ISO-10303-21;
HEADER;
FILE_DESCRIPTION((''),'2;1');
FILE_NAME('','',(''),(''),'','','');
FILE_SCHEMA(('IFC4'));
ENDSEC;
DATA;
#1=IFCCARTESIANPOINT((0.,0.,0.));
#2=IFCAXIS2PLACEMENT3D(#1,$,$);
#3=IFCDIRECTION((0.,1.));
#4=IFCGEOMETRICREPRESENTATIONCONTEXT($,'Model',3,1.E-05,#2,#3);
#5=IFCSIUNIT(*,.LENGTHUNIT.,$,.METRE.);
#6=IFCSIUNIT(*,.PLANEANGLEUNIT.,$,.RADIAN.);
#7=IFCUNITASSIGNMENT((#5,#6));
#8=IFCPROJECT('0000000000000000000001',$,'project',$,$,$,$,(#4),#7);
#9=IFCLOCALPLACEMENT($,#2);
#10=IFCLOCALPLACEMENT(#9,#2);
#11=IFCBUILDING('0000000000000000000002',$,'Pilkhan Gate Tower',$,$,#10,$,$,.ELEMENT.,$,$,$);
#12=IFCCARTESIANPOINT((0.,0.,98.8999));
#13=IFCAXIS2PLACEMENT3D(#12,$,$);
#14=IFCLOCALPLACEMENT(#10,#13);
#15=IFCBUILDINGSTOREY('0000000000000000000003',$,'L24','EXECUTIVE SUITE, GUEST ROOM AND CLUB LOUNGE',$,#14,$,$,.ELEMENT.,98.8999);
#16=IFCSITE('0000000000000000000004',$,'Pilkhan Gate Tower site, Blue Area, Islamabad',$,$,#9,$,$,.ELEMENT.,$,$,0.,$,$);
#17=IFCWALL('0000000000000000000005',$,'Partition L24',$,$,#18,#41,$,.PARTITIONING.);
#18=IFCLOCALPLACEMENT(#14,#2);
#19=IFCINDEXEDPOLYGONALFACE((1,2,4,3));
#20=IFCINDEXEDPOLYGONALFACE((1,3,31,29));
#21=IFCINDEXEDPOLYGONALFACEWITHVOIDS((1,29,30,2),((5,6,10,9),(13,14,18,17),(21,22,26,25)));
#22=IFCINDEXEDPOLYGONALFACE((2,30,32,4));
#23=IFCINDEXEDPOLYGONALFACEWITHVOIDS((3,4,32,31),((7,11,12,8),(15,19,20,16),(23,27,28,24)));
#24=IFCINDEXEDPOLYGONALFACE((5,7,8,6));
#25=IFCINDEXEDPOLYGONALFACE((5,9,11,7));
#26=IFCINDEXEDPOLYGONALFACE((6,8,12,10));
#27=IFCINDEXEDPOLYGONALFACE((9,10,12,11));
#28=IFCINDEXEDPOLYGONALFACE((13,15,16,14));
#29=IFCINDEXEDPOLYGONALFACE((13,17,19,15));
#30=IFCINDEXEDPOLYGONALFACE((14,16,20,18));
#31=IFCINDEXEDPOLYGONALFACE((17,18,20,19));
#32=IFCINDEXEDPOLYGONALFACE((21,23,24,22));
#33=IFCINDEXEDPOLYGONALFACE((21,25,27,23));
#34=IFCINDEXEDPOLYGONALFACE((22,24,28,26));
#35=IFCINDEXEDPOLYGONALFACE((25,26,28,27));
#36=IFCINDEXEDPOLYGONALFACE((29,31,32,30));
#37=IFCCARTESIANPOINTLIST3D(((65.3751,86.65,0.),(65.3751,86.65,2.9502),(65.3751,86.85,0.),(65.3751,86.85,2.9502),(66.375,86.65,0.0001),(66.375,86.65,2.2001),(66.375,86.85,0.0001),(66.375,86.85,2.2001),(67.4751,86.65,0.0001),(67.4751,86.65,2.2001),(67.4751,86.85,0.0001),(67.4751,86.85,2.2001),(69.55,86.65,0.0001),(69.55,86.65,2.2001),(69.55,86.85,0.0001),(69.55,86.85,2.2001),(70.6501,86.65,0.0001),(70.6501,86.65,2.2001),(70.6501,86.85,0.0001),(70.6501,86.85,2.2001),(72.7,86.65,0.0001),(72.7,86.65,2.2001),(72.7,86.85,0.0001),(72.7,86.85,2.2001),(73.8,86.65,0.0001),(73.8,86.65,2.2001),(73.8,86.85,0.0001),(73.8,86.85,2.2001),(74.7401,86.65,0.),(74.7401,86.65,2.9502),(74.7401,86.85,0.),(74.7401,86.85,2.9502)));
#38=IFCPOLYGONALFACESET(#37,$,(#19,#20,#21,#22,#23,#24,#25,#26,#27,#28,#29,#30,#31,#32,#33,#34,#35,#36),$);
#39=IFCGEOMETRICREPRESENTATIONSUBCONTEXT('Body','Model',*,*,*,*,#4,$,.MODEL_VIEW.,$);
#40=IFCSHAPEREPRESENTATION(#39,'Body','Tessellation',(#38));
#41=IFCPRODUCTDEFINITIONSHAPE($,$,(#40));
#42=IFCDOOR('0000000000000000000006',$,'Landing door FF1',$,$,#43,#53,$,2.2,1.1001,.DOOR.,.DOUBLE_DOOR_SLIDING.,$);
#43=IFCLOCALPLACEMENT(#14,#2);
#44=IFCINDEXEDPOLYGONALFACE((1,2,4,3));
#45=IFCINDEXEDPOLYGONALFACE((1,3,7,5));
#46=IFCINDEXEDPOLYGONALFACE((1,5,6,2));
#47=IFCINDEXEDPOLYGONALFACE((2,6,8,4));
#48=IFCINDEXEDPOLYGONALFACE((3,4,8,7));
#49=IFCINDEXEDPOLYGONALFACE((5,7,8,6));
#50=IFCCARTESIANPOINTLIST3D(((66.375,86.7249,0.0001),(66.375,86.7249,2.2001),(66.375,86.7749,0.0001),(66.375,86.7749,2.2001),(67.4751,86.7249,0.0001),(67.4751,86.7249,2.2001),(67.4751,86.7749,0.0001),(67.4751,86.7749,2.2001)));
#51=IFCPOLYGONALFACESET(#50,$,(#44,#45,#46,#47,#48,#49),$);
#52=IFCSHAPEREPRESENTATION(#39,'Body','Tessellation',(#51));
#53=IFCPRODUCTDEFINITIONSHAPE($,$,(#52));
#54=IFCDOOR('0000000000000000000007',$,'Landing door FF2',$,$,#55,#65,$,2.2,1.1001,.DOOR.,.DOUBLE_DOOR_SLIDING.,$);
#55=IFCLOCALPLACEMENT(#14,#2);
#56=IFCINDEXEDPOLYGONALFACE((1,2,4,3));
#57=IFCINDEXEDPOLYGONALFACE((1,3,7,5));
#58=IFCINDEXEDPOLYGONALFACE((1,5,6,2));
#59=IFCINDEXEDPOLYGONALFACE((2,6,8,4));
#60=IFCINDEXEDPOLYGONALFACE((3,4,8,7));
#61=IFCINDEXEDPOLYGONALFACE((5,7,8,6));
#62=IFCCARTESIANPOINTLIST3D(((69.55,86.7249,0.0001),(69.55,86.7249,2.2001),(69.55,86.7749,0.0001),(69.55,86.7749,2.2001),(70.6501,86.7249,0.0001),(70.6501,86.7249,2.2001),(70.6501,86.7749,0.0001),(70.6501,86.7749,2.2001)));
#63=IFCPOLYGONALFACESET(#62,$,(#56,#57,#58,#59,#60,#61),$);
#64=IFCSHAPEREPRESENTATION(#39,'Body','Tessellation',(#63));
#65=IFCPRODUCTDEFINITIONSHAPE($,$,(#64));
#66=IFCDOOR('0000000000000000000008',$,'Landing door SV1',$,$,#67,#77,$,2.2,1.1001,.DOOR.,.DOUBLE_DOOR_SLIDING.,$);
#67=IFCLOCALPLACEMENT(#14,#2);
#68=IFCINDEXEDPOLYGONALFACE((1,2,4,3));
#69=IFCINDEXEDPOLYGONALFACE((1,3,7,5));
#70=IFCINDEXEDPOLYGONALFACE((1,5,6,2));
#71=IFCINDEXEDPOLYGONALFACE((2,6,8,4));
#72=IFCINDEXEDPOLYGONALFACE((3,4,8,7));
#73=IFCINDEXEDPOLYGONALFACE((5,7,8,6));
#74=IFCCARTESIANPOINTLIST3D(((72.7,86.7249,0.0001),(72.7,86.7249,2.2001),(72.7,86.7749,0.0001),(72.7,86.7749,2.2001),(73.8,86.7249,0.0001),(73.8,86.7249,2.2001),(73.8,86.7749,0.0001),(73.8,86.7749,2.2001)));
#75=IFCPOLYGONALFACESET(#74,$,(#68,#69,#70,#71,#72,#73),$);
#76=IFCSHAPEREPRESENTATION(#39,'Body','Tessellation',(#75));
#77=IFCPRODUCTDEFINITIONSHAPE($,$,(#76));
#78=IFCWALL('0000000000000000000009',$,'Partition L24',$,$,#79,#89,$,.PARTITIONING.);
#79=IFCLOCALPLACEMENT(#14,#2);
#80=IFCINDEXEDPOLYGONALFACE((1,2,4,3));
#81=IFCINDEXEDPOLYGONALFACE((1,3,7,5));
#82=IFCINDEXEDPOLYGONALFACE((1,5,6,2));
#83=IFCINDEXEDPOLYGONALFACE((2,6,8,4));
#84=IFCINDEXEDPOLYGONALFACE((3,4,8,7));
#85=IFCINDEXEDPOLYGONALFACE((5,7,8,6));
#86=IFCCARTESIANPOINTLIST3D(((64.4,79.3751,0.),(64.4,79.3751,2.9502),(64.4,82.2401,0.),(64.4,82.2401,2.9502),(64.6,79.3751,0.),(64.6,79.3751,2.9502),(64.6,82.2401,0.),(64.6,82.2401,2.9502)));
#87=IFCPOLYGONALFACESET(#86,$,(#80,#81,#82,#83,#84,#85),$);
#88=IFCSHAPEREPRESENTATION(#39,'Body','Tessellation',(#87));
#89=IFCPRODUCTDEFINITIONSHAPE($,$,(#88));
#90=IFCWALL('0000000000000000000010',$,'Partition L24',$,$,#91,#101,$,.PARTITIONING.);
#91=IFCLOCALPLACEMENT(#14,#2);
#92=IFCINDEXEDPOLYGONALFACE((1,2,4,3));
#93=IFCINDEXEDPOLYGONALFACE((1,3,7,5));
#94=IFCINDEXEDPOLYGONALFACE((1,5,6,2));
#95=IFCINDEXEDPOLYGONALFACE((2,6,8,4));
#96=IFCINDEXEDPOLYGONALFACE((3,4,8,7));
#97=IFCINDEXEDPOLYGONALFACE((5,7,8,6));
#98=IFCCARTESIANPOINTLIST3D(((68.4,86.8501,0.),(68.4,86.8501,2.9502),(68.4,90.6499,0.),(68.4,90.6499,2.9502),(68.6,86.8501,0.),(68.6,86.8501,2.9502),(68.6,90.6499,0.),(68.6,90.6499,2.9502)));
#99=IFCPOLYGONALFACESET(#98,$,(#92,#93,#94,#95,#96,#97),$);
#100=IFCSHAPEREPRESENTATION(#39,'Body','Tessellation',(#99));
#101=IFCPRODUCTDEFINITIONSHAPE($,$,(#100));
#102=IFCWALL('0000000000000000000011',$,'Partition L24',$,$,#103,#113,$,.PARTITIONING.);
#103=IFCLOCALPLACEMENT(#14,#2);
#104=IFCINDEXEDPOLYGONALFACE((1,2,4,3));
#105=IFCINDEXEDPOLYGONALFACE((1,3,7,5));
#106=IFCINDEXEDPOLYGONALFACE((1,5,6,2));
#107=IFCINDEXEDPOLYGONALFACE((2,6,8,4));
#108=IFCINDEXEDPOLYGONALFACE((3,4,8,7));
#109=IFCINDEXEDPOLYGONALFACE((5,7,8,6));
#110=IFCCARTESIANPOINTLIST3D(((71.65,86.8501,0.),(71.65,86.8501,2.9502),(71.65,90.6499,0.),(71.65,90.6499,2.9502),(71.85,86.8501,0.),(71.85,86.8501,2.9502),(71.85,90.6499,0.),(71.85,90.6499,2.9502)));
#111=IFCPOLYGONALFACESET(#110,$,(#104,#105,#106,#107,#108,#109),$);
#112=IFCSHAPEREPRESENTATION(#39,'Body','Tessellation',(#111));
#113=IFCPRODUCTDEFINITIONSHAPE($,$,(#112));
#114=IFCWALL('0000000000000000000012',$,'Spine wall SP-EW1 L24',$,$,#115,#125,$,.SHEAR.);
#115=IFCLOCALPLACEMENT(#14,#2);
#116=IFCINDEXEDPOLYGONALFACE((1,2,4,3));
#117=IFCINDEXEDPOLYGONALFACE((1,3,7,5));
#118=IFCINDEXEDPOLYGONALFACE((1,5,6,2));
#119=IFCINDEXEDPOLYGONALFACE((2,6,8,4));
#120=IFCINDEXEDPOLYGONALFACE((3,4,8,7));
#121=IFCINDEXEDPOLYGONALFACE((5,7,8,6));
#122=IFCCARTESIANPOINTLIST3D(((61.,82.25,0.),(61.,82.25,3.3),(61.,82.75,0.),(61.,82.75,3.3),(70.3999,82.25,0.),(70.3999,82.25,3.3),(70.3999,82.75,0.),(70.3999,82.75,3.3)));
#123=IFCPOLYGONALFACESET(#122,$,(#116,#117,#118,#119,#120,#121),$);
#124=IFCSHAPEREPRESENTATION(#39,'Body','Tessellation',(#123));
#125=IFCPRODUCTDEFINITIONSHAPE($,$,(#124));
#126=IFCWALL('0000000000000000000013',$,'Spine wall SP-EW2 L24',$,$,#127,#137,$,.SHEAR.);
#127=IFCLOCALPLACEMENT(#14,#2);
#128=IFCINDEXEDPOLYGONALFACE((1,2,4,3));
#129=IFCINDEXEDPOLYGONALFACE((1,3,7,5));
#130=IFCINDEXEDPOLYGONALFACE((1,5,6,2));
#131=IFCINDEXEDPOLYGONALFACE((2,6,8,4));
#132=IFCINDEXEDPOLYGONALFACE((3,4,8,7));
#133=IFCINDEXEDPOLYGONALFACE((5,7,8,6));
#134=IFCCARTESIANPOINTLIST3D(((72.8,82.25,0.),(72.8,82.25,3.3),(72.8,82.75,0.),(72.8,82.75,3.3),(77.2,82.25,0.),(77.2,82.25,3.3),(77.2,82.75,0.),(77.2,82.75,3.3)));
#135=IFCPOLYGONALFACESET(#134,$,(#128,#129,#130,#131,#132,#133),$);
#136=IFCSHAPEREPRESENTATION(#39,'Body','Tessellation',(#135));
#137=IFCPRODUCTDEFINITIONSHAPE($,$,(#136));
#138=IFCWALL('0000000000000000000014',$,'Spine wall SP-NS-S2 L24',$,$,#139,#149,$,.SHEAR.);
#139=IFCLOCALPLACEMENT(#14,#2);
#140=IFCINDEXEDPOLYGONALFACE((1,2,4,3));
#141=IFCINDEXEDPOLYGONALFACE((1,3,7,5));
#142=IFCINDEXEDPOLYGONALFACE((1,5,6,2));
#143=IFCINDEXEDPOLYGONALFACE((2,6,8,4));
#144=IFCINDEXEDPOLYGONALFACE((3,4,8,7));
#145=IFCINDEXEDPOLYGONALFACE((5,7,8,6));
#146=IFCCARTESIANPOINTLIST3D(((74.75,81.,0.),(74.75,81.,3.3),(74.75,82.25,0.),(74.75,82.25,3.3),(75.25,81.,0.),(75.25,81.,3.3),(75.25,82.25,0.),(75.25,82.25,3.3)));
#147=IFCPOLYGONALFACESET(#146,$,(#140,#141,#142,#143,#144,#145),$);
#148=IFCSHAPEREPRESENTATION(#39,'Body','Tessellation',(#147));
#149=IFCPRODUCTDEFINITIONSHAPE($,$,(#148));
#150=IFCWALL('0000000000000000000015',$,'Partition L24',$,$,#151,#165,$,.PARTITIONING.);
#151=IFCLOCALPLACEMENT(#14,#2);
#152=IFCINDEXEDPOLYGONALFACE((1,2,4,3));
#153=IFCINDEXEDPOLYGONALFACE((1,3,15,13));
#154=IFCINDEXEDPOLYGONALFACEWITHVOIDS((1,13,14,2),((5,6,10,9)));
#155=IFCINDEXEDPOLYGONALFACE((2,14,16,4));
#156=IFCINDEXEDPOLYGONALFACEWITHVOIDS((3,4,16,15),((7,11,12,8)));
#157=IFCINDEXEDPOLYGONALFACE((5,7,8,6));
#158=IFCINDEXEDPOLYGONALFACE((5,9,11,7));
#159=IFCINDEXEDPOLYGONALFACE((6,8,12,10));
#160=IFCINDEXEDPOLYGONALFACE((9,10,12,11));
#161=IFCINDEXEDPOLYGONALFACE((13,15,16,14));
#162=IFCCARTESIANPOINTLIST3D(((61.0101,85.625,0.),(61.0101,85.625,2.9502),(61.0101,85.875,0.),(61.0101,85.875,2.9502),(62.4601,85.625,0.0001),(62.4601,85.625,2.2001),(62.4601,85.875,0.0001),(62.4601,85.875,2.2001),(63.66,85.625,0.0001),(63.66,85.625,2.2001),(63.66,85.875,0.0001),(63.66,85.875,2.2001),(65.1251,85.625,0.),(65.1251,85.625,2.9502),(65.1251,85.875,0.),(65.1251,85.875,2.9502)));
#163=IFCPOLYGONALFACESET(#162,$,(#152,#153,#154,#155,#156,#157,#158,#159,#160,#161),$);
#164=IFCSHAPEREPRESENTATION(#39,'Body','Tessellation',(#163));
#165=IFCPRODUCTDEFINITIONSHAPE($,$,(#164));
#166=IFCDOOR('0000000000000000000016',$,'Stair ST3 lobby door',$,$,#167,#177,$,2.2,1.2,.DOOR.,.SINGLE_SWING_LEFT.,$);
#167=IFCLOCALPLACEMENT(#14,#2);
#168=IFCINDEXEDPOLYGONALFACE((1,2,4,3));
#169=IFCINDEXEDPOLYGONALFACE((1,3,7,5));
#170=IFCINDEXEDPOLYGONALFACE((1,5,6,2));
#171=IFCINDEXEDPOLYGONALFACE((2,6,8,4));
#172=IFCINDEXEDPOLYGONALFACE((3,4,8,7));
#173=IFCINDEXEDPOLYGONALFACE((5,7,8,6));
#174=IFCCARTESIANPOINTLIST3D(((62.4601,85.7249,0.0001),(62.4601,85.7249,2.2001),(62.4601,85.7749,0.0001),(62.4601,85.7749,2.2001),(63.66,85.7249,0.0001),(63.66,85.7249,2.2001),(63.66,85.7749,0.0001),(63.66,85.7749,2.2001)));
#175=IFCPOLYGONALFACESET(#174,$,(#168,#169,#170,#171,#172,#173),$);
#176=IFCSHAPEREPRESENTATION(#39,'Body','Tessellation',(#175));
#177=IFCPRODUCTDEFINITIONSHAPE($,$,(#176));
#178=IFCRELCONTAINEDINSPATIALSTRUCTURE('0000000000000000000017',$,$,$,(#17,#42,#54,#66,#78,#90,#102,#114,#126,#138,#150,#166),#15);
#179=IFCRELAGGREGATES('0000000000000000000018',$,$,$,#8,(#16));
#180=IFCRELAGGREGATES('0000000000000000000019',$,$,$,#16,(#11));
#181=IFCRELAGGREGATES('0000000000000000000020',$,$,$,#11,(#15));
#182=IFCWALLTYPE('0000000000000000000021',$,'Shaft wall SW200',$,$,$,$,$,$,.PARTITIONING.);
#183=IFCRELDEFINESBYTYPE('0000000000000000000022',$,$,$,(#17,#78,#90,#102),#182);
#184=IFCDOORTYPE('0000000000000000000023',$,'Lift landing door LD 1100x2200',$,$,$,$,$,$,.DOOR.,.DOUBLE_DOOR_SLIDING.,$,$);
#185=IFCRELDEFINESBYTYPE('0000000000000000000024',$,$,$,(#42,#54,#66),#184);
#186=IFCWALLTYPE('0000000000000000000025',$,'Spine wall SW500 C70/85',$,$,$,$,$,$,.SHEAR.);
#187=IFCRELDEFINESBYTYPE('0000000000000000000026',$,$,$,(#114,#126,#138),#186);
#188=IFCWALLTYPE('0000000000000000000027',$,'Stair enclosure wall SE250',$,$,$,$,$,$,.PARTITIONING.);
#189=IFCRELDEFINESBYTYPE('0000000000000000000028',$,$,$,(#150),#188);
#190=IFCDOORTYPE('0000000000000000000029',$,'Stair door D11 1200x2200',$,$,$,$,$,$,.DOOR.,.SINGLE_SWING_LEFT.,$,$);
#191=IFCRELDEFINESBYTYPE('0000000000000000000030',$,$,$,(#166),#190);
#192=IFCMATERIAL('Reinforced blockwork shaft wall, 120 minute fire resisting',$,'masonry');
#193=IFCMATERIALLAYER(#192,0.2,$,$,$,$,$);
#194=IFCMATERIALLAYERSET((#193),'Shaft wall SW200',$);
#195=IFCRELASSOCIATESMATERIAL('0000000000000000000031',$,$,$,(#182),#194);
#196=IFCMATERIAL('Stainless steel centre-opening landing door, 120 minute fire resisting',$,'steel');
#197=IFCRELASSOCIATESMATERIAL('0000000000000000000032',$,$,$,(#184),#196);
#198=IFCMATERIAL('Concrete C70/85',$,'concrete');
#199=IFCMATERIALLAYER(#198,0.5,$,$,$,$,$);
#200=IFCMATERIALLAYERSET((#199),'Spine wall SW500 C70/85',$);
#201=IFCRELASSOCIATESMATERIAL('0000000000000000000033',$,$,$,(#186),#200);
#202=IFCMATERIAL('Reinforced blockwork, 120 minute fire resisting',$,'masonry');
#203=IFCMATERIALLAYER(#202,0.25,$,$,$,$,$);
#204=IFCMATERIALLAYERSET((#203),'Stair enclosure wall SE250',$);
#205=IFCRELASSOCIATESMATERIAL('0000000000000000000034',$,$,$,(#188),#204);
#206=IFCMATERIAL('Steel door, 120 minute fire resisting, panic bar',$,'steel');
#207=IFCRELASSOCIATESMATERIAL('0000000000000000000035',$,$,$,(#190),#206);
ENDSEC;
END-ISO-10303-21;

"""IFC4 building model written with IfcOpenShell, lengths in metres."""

from ifc_helpers import new_model, si_unit, direction, frame, frame_2d, origin, place, context, subcontext, project, spatial, rectangle, extrude, material, layer, layer_set, type_object, element, fill, save


model = new_model("IFC4")

# Units and contexts
model_context = context("Model", 3, precision=1e-05, world=origin(), true_north=direction((0.0, 1.0)))
body_context = subcontext(model_context, "Body", "Model", "MODEL_VIEW")
ifc_project = project(units=[si_unit("LENGTHUNIT", "METRE"), si_unit("PLANEANGLEUNIT", "RADIAN")], contexts=[model_context])

# Site, building, storey
site_placement = place(None, origin())
site = spatial("IfcSite", under=ifc_project, at=site_placement, Name="Pilkhan Gate Tower site, Blue Area, Islamabad", CompositionType="ELEMENT", RefElevation=0.0)
building_placement = place(site_placement, origin())
building = spatial("IfcBuilding", under=site, at=building_placement, Name="Pilkhan Gate Tower", CompositionType="ELEMENT")
storey_placement = place(building_placement, frame((0.0, 0.0, 98.8999)))
storey = spatial("IfcBuildingStorey", under=building, at=storey_placement, Name="L24", Description="EXECUTIVE SUITE, GUEST ROOM AND CLUB LOUNGE", CompositionType="ELEMENT", Elevation=98.8999)

# Shared definitions
ifc_material_1 = material(Name="Concrete C70/85", Category="concrete")

# Wall, openings, doors
ifc_material_2 = material(Name="Reinforced blockwork shaft wall, 120 minute fire resisting", Category="masonry")
ifc_layer_1 = layer(ifc_material_2, 0.2)
ifc_layer_set_1 = layer_set([ifc_layer_1], Name="Shaft wall SW200")
wall_type_1 = type_object("IfcWallType", Name="Shaft wall SW200", PredefinedType="PARTITIONING", material=ifc_layer_set_1)
wall_1_placement = place(storey_placement, frame((65.375, 86.75, 0.0), z_axis=(0.0, 0.0, 1.0), x_axis=(1.0, 0.0, 0.0)))
wall_1 = element("IfcWall", 1, at=wall_1_placement, inside=storey, type_object=wall_type_1, Name="Partition L24", PredefinedType="PARTITIONING", context=body_context, shape_type="SweptSolid", body=[
    extrude(rectangle(XDim=9.365, YDim=0.2, at=frame_2d((4.6826, 0.0))), origin(), (0.0, 0.0, 1.0), 2.9502),
])
opening_1_placement = place(wall_1_placement, frame((1.0, 0.0, 0.0)))
opening_1 = element("IfcOpeningElement", 2, at=opening_1_placement, cuts=wall_1, PredefinedType="OPENING", context=body_context, shape_type="SweptSolid", body=[
    extrude(rectangle(XDim=1.1001, YDim=2.2, at=frame_2d((0.55, 1.1001))), frame((0.0, 0.1099, 0.0), z_axis=(0.0, -1.0, 0.0), x_axis=(1.0, 0.0, 0.0)), (0.0, 0.0, 1.0), 0.22),
])
opening_2_placement = place(wall_1_placement, frame((4.175, 0.0, 0.0)))
opening_2 = element("IfcOpeningElement", 3, at=opening_2_placement, cuts=wall_1, PredefinedType="OPENING", context=body_context, shape_type="SweptSolid", body=[
    extrude(rectangle(XDim=1.1001, YDim=2.2, at=frame_2d((0.55, 1.1001))), frame((0.0, 0.1099, 0.0), z_axis=(0.0, -1.0, 0.0), x_axis=(1.0, 0.0, 0.0)), (0.0, 0.0, 1.0), 0.22),
])
opening_3_placement = place(wall_1_placement, frame((7.325, 0.0, 0.0)))
opening_3 = element("IfcOpeningElement", 4, at=opening_3_placement, cuts=wall_1, PredefinedType="OPENING", context=body_context, shape_type="SweptSolid", body=[
    extrude(rectangle(XDim=1.1001, YDim=2.2, at=frame_2d((0.55, 1.1001))), frame((0.0, 0.1099, 0.0), z_axis=(0.0, -1.0, 0.0), x_axis=(1.0, 0.0, 0.0)), (0.0, 0.0, 1.0), 0.22),
])
ifc_material_3 = material(Name="Stainless steel centre-opening landing door, 120 minute fire resisting", Category="steel")
door_type_1 = type_object("IfcDoorType", Name="Lift landing door LD 1100x2200", OperationType="DOUBLE_DOOR_SLIDING", PredefinedType="DOOR", material=ifc_material_3)
door_1_placement = place(opening_1_placement, origin())
door_1 = element("IfcDoor", 5, at=door_1_placement, inside=storey, type_object=door_type_1, Name="Landing door FF1", OperationType="DOUBLE_DOOR_SLIDING", OverallHeight=2.2, OverallWidth=1.1001, PredefinedType="DOOR", context=body_context, shape_type="SweptSolid", body=[
    extrude(rectangle(XDim=1.1001, YDim=2.2, at=frame_2d((0.55, 1.1001))), frame((0.0, 0.0249, 0.0), z_axis=(0.0, -1.0, 0.0), x_axis=(1.0, 0.0, 0.0)), (0.0, 0.0, 1.0), 0.05),
])
fill(opening_1, door_1)
door_2_placement = place(opening_2_placement, origin())
door_2 = element("IfcDoor", 6, at=door_2_placement, inside=storey, type_object=door_type_1, Name="Landing door FF2", OperationType="DOUBLE_DOOR_SLIDING", OverallHeight=2.2, OverallWidth=1.1001, PredefinedType="DOOR", context=body_context, shape_type="SweptSolid", body=[
    extrude(rectangle(XDim=1.1001, YDim=2.2, at=frame_2d((0.55, 1.1001))), frame((0.0, 0.0249, 0.0), z_axis=(0.0, -1.0, 0.0), x_axis=(1.0, 0.0, 0.0)), (0.0, 0.0, 1.0), 0.05),
])
fill(opening_2, door_2)
door_3_placement = place(opening_3_placement, origin())
door_3 = element("IfcDoor", 7, at=door_3_placement, inside=storey, type_object=door_type_1, Name="Landing door SV1", OperationType="DOUBLE_DOOR_SLIDING", OverallHeight=2.2, OverallWidth=1.1001, PredefinedType="DOOR", context=body_context, shape_type="SweptSolid", body=[
    extrude(rectangle(XDim=1.1001, YDim=2.2, at=frame_2d((0.55, 1.1001))), frame((0.0, 0.0249, 0.0), z_axis=(0.0, -1.0, 0.0), x_axis=(1.0, 0.0, 0.0)), (0.0, 0.0, 1.0), 0.05),
])
fill(opening_3, door_3)

# Walls
wall_2_placement = place(storey_placement, frame((64.5, 79.375, 0.0), z_axis=(0.0, 0.0, 1.0), x_axis=(0.0, 1.0, 0.0)))
element("IfcWall", 8, at=wall_2_placement, inside=storey, type_object=wall_type_1, Name="Partition L24", PredefinedType="PARTITIONING", context=body_context, shape_type="SweptSolid", body=[
    extrude(rectangle(XDim=2.865, YDim=0.2, at=frame_2d((1.4326, 0.0))), origin(), (0.0, 0.0, 1.0), 2.9502),
])
for number, where, z_axis, x_axis, name in (
    (9, (68.5, 86.8501, 0.0), (0.0, 0.0, 1.0), (0.0, 1.0, 0.0), "Partition L24"),
    (10, (71.75, 86.8501, 0.0), (0.0, 0.0, 1.0), (0.0, 1.0, 0.0), "Partition L24"),
):
    element("IfcWall", number, at=place(storey_placement, frame(where, z_axis=z_axis, x_axis=x_axis)), inside=storey, type_object=wall_type_1, Name=name, PredefinedType="PARTITIONING", context=body_context, shape_type="SweptSolid", body=[
        extrude(rectangle(XDim=3.7998, YDim=0.2, at=frame_2d((1.8999, 0.0))), origin(), (0.0, 0.0, 1.0), 2.9502),
    ])
ifc_layer_2 = layer(ifc_material_1, 0.5)
ifc_layer_set_2 = layer_set([ifc_layer_2], Name="Spine wall SW500 C70/85")
wall_type_2 = type_object("IfcWallType", Name="Spine wall SW500 C70/85", PredefinedType="SHEAR", material=ifc_layer_set_2)
wall_3_placement = place(storey_placement, frame((61.0, 82.5, 0.0), z_axis=(0.0, 0.0, 1.0), x_axis=(1.0, 0.0, 0.0)))
element("IfcWall", 11, at=wall_3_placement, inside=storey, type_object=wall_type_2, Name="Spine wall SP-EW1 L24", PredefinedType="SHEAR", context=body_context, shape_type="SweptSolid", body=[
    extrude(rectangle(XDim=9.3999, YDim=0.5, at=frame_2d((4.7, 0.0))), origin(), (0.0, 0.0, 1.0), 3.3),
])
wall_4_placement = place(storey_placement, frame((72.8, 82.5, 0.0), z_axis=(0.0, 0.0, 1.0), x_axis=(1.0, 0.0, 0.0)))
element("IfcWall", 12, at=wall_4_placement, inside=storey, type_object=wall_type_2, Name="Spine wall SP-EW2 L24", PredefinedType="SHEAR", context=body_context, shape_type="SweptSolid", body=[
    extrude(rectangle(XDim=4.3999, YDim=0.5, at=frame_2d((2.2, 0.0))), origin(), (0.0, 0.0, 1.0), 3.3),
])
wall_5_placement = place(storey_placement, frame((75.0, 81.0, 0.0), z_axis=(0.0, 0.0, 1.0), x_axis=(0.0, 1.0, 0.0)))
element("IfcWall", 13, at=wall_5_placement, inside=storey, type_object=wall_type_2, Name="Spine wall SP-NS-S2 L24", PredefinedType="SHEAR", context=body_context, shape_type="SweptSolid", body=[
    extrude(rectangle(XDim=1.25, YDim=0.5, at=frame_2d((0.625, 0.0))), origin(), (0.0, 0.0, 1.0), 3.3),
])

# Wall, opening, door
ifc_material_4 = material(Name="Reinforced blockwork, 120 minute fire resisting", Category="masonry")
ifc_layer_3 = layer(ifc_material_4, 0.25)
ifc_layer_set_3 = layer_set([ifc_layer_3], Name="Stair enclosure wall SE250")
wall_type_3 = type_object("IfcWallType", Name="Stair enclosure wall SE250", PredefinedType="PARTITIONING", material=ifc_layer_set_3)
wall_6_placement = place(storey_placement, frame((61.01, 85.75, 0.0), z_axis=(0.0, 0.0, 1.0), x_axis=(1.0, 0.0, 0.0)))
wall_6 = element("IfcWall", 14, at=wall_6_placement, inside=storey, type_object=wall_type_3, Name="Partition L24", PredefinedType="PARTITIONING", context=body_context, shape_type="SweptSolid", body=[
    extrude(rectangle(XDim=4.115, YDim=0.25, at=frame_2d((2.0576, 0.0))), origin(), (0.0, 0.0, 1.0), 2.9502),
])
opening_4_placement = place(wall_6_placement, frame((1.45, 0.0, 0.0)))
opening_4 = element("IfcOpeningElement", 15, at=opening_4_placement, cuts=wall_6, PredefinedType="OPENING", context=body_context, shape_type="SweptSolid", body=[
    extrude(rectangle(XDim=1.2, YDim=2.2, at=frame_2d((0.6001, 1.1001))), frame((0.0, 0.135, 0.0), z_axis=(0.0, -1.0, 0.0), x_axis=(1.0, 0.0, 0.0)), (0.0, 0.0, 1.0), 0.27),
])
ifc_material_5 = material(Name="Steel door, 120 minute fire resisting, panic bar", Category="steel")
door_type_2 = type_object("IfcDoorType", Name="Stair door D11 1200x2200", OperationType="SINGLE_SWING_LEFT", PredefinedType="DOOR", material=ifc_material_5)
door_4_placement = place(opening_4_placement, origin())
door_4 = element("IfcDoor", 16, at=door_4_placement, inside=storey, type_object=door_type_2, Name="Stair ST3 lobby door", OperationType="SINGLE_SWING_LEFT", OverallHeight=2.2, OverallWidth=1.2, PredefinedType="DOOR", context=body_context, shape_type="SweptSolid", body=[
    extrude(rectangle(XDim=1.2, YDim=2.2, at=frame_2d((0.6001, 1.1001))), frame((0.0, 0.0249, 0.0), z_axis=(0.0, -1.0, 0.0), x_axis=(1.0, 0.0, 0.0)), (0.0, 0.0, 1.0), 0.05),
])
fill(opening_4, door_4)

save(model, "model.ifc")
